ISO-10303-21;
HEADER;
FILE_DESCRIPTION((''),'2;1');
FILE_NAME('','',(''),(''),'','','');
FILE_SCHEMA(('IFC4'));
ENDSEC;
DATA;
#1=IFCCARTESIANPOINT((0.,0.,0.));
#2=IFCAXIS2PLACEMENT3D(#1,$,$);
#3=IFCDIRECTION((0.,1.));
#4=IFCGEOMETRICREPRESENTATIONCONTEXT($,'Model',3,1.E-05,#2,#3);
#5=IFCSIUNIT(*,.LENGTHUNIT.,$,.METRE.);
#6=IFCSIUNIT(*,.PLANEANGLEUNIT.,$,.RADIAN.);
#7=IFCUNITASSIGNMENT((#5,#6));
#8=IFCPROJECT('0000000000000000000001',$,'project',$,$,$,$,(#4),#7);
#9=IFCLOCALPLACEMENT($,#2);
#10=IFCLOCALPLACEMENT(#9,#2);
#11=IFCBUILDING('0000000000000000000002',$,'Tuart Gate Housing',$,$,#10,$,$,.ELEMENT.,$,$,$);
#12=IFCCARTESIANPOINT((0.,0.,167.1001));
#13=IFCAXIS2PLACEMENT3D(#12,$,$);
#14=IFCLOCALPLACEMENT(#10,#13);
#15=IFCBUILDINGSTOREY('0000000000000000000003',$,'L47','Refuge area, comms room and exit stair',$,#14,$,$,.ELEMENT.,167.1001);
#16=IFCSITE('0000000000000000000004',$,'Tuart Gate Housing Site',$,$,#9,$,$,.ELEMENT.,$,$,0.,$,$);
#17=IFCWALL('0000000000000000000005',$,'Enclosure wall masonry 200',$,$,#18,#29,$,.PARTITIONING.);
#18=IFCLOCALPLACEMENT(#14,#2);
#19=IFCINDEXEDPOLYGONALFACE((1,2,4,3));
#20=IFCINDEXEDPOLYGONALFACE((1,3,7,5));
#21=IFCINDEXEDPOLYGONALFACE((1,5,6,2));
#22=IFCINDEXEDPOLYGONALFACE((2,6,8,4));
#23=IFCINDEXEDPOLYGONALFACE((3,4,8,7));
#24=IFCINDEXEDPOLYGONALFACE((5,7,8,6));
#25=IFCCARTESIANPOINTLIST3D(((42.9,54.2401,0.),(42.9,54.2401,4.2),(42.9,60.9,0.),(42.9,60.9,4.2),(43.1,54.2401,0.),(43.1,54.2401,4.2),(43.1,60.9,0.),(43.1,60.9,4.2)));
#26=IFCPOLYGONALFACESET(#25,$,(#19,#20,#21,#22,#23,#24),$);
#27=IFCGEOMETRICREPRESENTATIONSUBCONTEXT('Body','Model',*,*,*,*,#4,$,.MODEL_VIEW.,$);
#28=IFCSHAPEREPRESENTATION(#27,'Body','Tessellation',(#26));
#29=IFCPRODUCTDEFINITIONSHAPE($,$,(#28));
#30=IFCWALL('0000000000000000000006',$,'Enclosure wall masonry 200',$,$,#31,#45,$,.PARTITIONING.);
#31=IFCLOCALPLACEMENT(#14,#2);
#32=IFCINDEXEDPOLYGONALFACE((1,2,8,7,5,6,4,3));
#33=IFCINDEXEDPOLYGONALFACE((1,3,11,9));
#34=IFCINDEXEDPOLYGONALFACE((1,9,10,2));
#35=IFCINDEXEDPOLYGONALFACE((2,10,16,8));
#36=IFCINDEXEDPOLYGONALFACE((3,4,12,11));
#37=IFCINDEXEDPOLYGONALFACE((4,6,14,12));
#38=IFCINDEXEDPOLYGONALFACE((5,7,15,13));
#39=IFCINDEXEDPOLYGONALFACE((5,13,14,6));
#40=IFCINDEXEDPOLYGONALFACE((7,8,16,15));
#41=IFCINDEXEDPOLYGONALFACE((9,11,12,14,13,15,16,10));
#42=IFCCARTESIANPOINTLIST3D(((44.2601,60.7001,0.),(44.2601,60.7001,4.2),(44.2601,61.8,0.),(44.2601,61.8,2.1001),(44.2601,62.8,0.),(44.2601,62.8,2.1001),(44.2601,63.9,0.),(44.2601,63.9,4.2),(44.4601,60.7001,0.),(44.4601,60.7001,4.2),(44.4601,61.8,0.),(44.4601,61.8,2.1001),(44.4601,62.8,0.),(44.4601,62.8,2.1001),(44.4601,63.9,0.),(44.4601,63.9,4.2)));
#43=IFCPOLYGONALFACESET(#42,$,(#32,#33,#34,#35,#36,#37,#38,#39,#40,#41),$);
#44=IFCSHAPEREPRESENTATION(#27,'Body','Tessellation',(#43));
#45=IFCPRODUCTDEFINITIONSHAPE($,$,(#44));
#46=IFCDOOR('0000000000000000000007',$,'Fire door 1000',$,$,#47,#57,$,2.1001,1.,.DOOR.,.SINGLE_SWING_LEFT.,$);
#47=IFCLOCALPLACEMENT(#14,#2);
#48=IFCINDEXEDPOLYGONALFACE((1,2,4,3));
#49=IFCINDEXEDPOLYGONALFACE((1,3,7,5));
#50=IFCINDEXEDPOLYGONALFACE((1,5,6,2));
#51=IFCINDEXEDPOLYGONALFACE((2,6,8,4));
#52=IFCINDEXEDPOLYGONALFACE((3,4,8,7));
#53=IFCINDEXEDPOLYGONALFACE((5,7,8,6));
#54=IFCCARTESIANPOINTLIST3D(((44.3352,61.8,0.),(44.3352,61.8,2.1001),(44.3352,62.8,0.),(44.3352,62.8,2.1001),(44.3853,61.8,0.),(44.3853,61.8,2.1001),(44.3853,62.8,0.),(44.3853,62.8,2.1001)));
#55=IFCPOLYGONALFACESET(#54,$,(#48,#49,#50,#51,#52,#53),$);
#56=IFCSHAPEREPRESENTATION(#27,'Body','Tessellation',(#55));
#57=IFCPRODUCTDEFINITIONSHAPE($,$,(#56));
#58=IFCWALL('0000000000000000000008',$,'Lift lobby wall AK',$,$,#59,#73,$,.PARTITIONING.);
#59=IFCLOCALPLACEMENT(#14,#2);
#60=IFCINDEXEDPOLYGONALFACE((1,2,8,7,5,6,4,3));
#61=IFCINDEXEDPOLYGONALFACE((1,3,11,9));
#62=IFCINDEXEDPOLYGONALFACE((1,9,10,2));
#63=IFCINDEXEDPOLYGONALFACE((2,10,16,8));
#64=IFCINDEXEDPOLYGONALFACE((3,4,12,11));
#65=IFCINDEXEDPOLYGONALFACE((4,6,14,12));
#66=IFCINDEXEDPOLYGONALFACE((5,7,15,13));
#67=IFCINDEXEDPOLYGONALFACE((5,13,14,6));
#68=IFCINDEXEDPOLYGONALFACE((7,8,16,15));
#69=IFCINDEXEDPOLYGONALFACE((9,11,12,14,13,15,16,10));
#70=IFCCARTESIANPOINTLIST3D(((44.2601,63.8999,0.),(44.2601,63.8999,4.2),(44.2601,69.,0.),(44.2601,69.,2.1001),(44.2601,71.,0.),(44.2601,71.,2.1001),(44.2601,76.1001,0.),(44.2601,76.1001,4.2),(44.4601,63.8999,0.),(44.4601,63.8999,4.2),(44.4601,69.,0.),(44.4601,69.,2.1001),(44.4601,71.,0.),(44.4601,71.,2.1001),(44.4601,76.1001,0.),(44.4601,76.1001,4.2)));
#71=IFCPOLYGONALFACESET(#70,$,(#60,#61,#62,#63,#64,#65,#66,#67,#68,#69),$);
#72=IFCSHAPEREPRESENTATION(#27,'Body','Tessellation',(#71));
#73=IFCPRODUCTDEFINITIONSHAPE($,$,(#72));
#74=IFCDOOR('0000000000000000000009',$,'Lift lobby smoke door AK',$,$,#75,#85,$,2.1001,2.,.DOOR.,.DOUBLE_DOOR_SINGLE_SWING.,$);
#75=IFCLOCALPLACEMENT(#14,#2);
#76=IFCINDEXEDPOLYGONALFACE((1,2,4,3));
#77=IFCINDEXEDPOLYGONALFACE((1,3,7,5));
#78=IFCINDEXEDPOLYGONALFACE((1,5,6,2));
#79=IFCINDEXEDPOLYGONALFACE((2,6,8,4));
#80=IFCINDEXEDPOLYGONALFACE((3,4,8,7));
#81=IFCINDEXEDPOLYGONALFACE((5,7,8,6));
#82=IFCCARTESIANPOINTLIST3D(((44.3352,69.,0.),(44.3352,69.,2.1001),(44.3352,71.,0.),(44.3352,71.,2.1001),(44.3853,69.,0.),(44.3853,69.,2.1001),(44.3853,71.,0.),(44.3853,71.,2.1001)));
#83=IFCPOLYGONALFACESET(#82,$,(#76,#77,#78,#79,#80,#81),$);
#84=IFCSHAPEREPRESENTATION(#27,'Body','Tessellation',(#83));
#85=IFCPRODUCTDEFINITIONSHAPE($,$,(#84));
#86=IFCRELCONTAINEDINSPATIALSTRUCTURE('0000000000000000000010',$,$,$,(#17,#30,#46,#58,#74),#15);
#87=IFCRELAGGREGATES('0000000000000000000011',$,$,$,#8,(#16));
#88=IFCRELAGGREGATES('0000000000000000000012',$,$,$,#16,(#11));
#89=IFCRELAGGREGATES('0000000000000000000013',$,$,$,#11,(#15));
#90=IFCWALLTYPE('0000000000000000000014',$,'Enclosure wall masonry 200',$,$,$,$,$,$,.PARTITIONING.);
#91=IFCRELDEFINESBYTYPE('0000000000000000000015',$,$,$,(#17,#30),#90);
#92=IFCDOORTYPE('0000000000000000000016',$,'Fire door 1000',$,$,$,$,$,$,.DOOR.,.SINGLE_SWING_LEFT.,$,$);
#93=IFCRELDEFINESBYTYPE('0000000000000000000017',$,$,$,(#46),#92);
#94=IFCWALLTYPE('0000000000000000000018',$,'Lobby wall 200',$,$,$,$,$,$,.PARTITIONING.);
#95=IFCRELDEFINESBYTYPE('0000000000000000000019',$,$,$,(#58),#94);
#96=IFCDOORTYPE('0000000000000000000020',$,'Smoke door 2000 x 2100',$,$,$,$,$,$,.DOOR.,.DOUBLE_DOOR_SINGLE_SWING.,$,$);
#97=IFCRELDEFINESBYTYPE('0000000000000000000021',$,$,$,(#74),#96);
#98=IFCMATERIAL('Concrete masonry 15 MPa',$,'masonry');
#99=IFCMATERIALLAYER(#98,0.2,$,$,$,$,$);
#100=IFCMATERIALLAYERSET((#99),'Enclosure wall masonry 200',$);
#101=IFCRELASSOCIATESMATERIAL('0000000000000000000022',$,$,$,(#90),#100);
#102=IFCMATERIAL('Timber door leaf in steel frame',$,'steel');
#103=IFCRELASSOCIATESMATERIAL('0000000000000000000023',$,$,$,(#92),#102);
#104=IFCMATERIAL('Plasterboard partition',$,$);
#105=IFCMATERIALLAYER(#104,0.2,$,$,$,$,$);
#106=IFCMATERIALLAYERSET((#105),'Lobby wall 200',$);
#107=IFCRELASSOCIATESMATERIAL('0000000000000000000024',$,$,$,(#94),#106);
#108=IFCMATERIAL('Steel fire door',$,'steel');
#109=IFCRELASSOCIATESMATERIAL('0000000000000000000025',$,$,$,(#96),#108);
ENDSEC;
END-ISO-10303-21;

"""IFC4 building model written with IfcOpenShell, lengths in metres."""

from ifc_helpers import new_model, si_unit, direction, frame, frame_2d, origin, place, context, subcontext, project, spatial, rectangle, extrude, material, layer, layer_set, type_object, element, fill, save


model = new_model("IFC4")

# Units and contexts
model_context = context("Model", 3, precision=1e-05, world=origin(), true_north=direction((0.0, 1.0)))
body_context = subcontext(model_context, "Body", "Model", "MODEL_VIEW")
ifc_project = project(units=[si_unit("LENGTHUNIT", "METRE"), si_unit("PLANEANGLEUNIT", "RADIAN")], contexts=[model_context])

# Site, building, storey
site_placement = place(None, origin())
site = spatial("IfcSite", under=ifc_project, at=site_placement, Name="Tuart Gate Housing Site", CompositionType="ELEMENT", RefElevation=0.0)
building_placement = place(site_placement, origin())
building = spatial("IfcBuilding", under=site, at=building_placement, Name="Tuart Gate Housing", CompositionType="ELEMENT")
storey_placement = place(building_placement, frame((0.0, 0.0, 167.1001)))
storey = spatial("IfcBuildingStorey", under=building, at=storey_placement, Name="L47", Description="Refuge area, comms room and exit stair", CompositionType="ELEMENT", Elevation=167.1001)

# Shared definitions
ifc_material_1 = material(Name="Concrete masonry 15 MPa", Category="masonry")
ifc_layer_1 = layer(ifc_material_1, 0.2)
ifc_layer_set_1 = layer_set([ifc_layer_1], Name="Enclosure wall masonry 200")
wall_type_1 = type_object("IfcWallType", Name="Enclosure wall masonry 200", PredefinedType="PARTITIONING", material=ifc_layer_set_1)

# Wall
for number, where, z_axis, x_axis, name in (
    (1, (43.0, 54.24, 0.0), (0.0, 0.0, 1.0), (0.0, 1.0, 0.0), "Enclosure wall masonry 200"),
):
    element("IfcWall", number, at=place(storey_placement, frame(where, z_axis=z_axis, x_axis=x_axis)), inside=storey, type_object=wall_type_1, Name=name, PredefinedType="PARTITIONING", context=body_context, shape_type="SweptSolid", body=[
        extrude(rectangle(XDim=6.6599, YDim=0.2, at=frame_2d((3.3301, 0.0))), origin(), (0.0, 0.0, 1.0), 4.2),
    ])

# Walls, openings, doors
wall_1_placement = place(storey_placement, frame((44.3601, 60.7, 0.0), z_axis=(0.0, 0.0, 1.0), x_axis=(0.0, 1.0, 0.0)))
wall_1 = element("IfcWall", 2, at=wall_1_placement, inside=storey, type_object=wall_type_1, Name="Enclosure wall masonry 200", PredefinedType="PARTITIONING", context=body_context, shape_type="SweptSolid", body=[
    extrude(rectangle(XDim=3.2, YDim=0.2, at=frame_2d((1.6001, 0.0))), origin(), (0.0, 0.0, 1.0), 4.2),
])
opening_1_placement = place(wall_1_placement, frame((1.1001, 0.0, 0.0)))
opening_1 = element("IfcOpeningElement", 3, at=opening_1_placement, cuts=wall_1, PredefinedType="OPENING", context=body_context, shape_type="SweptSolid", body=[
    extrude(rectangle(XDim=1.0, YDim=2.1001, at=frame_2d((0.5, 1.05))), frame((0.0, 0.1099, 0.0), z_axis=(0.0, -1.0, 0.0), x_axis=(1.0, 0.0, 0.0)), (0.0, 0.0, 1.0), 0.22),
])
ifc_material_2 = material(Name="Timber door leaf in steel frame", Category="steel")
door_type_1 = type_object("IfcDoorType", Name="Fire door 1000", OperationType="SINGLE_SWING_LEFT", PredefinedType="DOOR", material=ifc_material_2)
door_1_placement = place(opening_1_placement, frame((1.0, 0.0, 0.0), z_axis=(0.0, 0.0, 1.0), x_axis=(-1.0, 0.0, 0.0)))
door_1 = element("IfcDoor", 4, at=door_1_placement, inside=storey, type_object=door_type_1, Name="Fire door 1000", OperationType="SINGLE_SWING_LEFT", OverallHeight=2.1001, OverallWidth=1.0, PredefinedType="DOOR", context=body_context, shape_type="SweptSolid", body=[
    extrude(rectangle(XDim=1.0, YDim=2.1001, at=frame_2d((0.5, 1.05))), frame((0.0, 0.0251, 0.0), z_axis=(0.0, -1.0, 0.0), x_axis=(1.0, 0.0, 0.0)), (0.0, 0.0, 1.0), 0.05),
])
fill(opening_1, door_1)
ifc_material_3 = material(Name="Plasterboard partition")
ifc_layer_2 = layer(ifc_material_3, 0.2)
ifc_layer_set_2 = layer_set([ifc_layer_2], Name="Lobby wall 200")
wall_type_2 = type_object("IfcWallType", Name="Lobby wall 200", PredefinedType="PARTITIONING", material=ifc_layer_set_2)
wall_2_placement = place(storey_placement, frame((44.3601, 63.8999, 0.0), z_axis=(0.0, 0.0, 1.0), x_axis=(0.0, 1.0, 0.0)))
wall_2 = element("IfcWall", 5, at=wall_2_placement, inside=storey, type_object=wall_type_2, Name="Lift lobby wall AK", PredefinedType="PARTITIONING", context=body_context, shape_type="SweptSolid", body=[
    extrude(rectangle(XDim=12.2002, YDim=0.2, at=frame_2d((6.1001, 0.0))), origin(), (0.0, 0.0, 1.0), 4.2),
])
opening_2_placement = place(wall_2_placement, frame((5.1001, 0.0, 0.0)))
opening_2 = element("IfcOpeningElement", 6, at=opening_2_placement, cuts=wall_2, PredefinedType="OPENING", context=body_context, shape_type="SweptSolid", body=[
    extrude(rectangle(XDim=2.0, YDim=2.1001, at=frame_2d((1.0, 1.05))), frame((0.0, 0.1099, 0.0), z_axis=(0.0, -1.0, 0.0), x_axis=(1.0, 0.0, 0.0)), (0.0, 0.0, 1.0), 0.22),
])
ifc_material_4 = material(Name="Steel fire door", Category="steel")
door_type_2 = type_object("IfcDoorType", Name="Smoke door 2000 x 2100", OperationType="DOUBLE_DOOR_SINGLE_SWING", PredefinedType="DOOR", material=ifc_material_4)
door_2_placement = place(opening_2_placement, origin())
door_2 = element("IfcDoor", 7, at=door_2_placement, inside=storey, type_object=door_type_2, Name="Lift lobby smoke door AK", OperationType="DOUBLE_DOOR_SINGLE_SWING", OverallHeight=2.1001, OverallWidth=2.0, PredefinedType="DOOR", context=body_context, shape_type="SweptSolid", body=[
    extrude(rectangle(XDim=2.0, YDim=2.1001, at=frame_2d((1.0, 1.05))), frame((0.0, 0.0249, 0.0), z_axis=(0.0, -1.0, 0.0), x_axis=(1.0, 0.0, 0.0)), (0.0, 0.0, 1.0), 0.05),
])
fill(opening_2, door_2)

save(model, "model.ifc")
